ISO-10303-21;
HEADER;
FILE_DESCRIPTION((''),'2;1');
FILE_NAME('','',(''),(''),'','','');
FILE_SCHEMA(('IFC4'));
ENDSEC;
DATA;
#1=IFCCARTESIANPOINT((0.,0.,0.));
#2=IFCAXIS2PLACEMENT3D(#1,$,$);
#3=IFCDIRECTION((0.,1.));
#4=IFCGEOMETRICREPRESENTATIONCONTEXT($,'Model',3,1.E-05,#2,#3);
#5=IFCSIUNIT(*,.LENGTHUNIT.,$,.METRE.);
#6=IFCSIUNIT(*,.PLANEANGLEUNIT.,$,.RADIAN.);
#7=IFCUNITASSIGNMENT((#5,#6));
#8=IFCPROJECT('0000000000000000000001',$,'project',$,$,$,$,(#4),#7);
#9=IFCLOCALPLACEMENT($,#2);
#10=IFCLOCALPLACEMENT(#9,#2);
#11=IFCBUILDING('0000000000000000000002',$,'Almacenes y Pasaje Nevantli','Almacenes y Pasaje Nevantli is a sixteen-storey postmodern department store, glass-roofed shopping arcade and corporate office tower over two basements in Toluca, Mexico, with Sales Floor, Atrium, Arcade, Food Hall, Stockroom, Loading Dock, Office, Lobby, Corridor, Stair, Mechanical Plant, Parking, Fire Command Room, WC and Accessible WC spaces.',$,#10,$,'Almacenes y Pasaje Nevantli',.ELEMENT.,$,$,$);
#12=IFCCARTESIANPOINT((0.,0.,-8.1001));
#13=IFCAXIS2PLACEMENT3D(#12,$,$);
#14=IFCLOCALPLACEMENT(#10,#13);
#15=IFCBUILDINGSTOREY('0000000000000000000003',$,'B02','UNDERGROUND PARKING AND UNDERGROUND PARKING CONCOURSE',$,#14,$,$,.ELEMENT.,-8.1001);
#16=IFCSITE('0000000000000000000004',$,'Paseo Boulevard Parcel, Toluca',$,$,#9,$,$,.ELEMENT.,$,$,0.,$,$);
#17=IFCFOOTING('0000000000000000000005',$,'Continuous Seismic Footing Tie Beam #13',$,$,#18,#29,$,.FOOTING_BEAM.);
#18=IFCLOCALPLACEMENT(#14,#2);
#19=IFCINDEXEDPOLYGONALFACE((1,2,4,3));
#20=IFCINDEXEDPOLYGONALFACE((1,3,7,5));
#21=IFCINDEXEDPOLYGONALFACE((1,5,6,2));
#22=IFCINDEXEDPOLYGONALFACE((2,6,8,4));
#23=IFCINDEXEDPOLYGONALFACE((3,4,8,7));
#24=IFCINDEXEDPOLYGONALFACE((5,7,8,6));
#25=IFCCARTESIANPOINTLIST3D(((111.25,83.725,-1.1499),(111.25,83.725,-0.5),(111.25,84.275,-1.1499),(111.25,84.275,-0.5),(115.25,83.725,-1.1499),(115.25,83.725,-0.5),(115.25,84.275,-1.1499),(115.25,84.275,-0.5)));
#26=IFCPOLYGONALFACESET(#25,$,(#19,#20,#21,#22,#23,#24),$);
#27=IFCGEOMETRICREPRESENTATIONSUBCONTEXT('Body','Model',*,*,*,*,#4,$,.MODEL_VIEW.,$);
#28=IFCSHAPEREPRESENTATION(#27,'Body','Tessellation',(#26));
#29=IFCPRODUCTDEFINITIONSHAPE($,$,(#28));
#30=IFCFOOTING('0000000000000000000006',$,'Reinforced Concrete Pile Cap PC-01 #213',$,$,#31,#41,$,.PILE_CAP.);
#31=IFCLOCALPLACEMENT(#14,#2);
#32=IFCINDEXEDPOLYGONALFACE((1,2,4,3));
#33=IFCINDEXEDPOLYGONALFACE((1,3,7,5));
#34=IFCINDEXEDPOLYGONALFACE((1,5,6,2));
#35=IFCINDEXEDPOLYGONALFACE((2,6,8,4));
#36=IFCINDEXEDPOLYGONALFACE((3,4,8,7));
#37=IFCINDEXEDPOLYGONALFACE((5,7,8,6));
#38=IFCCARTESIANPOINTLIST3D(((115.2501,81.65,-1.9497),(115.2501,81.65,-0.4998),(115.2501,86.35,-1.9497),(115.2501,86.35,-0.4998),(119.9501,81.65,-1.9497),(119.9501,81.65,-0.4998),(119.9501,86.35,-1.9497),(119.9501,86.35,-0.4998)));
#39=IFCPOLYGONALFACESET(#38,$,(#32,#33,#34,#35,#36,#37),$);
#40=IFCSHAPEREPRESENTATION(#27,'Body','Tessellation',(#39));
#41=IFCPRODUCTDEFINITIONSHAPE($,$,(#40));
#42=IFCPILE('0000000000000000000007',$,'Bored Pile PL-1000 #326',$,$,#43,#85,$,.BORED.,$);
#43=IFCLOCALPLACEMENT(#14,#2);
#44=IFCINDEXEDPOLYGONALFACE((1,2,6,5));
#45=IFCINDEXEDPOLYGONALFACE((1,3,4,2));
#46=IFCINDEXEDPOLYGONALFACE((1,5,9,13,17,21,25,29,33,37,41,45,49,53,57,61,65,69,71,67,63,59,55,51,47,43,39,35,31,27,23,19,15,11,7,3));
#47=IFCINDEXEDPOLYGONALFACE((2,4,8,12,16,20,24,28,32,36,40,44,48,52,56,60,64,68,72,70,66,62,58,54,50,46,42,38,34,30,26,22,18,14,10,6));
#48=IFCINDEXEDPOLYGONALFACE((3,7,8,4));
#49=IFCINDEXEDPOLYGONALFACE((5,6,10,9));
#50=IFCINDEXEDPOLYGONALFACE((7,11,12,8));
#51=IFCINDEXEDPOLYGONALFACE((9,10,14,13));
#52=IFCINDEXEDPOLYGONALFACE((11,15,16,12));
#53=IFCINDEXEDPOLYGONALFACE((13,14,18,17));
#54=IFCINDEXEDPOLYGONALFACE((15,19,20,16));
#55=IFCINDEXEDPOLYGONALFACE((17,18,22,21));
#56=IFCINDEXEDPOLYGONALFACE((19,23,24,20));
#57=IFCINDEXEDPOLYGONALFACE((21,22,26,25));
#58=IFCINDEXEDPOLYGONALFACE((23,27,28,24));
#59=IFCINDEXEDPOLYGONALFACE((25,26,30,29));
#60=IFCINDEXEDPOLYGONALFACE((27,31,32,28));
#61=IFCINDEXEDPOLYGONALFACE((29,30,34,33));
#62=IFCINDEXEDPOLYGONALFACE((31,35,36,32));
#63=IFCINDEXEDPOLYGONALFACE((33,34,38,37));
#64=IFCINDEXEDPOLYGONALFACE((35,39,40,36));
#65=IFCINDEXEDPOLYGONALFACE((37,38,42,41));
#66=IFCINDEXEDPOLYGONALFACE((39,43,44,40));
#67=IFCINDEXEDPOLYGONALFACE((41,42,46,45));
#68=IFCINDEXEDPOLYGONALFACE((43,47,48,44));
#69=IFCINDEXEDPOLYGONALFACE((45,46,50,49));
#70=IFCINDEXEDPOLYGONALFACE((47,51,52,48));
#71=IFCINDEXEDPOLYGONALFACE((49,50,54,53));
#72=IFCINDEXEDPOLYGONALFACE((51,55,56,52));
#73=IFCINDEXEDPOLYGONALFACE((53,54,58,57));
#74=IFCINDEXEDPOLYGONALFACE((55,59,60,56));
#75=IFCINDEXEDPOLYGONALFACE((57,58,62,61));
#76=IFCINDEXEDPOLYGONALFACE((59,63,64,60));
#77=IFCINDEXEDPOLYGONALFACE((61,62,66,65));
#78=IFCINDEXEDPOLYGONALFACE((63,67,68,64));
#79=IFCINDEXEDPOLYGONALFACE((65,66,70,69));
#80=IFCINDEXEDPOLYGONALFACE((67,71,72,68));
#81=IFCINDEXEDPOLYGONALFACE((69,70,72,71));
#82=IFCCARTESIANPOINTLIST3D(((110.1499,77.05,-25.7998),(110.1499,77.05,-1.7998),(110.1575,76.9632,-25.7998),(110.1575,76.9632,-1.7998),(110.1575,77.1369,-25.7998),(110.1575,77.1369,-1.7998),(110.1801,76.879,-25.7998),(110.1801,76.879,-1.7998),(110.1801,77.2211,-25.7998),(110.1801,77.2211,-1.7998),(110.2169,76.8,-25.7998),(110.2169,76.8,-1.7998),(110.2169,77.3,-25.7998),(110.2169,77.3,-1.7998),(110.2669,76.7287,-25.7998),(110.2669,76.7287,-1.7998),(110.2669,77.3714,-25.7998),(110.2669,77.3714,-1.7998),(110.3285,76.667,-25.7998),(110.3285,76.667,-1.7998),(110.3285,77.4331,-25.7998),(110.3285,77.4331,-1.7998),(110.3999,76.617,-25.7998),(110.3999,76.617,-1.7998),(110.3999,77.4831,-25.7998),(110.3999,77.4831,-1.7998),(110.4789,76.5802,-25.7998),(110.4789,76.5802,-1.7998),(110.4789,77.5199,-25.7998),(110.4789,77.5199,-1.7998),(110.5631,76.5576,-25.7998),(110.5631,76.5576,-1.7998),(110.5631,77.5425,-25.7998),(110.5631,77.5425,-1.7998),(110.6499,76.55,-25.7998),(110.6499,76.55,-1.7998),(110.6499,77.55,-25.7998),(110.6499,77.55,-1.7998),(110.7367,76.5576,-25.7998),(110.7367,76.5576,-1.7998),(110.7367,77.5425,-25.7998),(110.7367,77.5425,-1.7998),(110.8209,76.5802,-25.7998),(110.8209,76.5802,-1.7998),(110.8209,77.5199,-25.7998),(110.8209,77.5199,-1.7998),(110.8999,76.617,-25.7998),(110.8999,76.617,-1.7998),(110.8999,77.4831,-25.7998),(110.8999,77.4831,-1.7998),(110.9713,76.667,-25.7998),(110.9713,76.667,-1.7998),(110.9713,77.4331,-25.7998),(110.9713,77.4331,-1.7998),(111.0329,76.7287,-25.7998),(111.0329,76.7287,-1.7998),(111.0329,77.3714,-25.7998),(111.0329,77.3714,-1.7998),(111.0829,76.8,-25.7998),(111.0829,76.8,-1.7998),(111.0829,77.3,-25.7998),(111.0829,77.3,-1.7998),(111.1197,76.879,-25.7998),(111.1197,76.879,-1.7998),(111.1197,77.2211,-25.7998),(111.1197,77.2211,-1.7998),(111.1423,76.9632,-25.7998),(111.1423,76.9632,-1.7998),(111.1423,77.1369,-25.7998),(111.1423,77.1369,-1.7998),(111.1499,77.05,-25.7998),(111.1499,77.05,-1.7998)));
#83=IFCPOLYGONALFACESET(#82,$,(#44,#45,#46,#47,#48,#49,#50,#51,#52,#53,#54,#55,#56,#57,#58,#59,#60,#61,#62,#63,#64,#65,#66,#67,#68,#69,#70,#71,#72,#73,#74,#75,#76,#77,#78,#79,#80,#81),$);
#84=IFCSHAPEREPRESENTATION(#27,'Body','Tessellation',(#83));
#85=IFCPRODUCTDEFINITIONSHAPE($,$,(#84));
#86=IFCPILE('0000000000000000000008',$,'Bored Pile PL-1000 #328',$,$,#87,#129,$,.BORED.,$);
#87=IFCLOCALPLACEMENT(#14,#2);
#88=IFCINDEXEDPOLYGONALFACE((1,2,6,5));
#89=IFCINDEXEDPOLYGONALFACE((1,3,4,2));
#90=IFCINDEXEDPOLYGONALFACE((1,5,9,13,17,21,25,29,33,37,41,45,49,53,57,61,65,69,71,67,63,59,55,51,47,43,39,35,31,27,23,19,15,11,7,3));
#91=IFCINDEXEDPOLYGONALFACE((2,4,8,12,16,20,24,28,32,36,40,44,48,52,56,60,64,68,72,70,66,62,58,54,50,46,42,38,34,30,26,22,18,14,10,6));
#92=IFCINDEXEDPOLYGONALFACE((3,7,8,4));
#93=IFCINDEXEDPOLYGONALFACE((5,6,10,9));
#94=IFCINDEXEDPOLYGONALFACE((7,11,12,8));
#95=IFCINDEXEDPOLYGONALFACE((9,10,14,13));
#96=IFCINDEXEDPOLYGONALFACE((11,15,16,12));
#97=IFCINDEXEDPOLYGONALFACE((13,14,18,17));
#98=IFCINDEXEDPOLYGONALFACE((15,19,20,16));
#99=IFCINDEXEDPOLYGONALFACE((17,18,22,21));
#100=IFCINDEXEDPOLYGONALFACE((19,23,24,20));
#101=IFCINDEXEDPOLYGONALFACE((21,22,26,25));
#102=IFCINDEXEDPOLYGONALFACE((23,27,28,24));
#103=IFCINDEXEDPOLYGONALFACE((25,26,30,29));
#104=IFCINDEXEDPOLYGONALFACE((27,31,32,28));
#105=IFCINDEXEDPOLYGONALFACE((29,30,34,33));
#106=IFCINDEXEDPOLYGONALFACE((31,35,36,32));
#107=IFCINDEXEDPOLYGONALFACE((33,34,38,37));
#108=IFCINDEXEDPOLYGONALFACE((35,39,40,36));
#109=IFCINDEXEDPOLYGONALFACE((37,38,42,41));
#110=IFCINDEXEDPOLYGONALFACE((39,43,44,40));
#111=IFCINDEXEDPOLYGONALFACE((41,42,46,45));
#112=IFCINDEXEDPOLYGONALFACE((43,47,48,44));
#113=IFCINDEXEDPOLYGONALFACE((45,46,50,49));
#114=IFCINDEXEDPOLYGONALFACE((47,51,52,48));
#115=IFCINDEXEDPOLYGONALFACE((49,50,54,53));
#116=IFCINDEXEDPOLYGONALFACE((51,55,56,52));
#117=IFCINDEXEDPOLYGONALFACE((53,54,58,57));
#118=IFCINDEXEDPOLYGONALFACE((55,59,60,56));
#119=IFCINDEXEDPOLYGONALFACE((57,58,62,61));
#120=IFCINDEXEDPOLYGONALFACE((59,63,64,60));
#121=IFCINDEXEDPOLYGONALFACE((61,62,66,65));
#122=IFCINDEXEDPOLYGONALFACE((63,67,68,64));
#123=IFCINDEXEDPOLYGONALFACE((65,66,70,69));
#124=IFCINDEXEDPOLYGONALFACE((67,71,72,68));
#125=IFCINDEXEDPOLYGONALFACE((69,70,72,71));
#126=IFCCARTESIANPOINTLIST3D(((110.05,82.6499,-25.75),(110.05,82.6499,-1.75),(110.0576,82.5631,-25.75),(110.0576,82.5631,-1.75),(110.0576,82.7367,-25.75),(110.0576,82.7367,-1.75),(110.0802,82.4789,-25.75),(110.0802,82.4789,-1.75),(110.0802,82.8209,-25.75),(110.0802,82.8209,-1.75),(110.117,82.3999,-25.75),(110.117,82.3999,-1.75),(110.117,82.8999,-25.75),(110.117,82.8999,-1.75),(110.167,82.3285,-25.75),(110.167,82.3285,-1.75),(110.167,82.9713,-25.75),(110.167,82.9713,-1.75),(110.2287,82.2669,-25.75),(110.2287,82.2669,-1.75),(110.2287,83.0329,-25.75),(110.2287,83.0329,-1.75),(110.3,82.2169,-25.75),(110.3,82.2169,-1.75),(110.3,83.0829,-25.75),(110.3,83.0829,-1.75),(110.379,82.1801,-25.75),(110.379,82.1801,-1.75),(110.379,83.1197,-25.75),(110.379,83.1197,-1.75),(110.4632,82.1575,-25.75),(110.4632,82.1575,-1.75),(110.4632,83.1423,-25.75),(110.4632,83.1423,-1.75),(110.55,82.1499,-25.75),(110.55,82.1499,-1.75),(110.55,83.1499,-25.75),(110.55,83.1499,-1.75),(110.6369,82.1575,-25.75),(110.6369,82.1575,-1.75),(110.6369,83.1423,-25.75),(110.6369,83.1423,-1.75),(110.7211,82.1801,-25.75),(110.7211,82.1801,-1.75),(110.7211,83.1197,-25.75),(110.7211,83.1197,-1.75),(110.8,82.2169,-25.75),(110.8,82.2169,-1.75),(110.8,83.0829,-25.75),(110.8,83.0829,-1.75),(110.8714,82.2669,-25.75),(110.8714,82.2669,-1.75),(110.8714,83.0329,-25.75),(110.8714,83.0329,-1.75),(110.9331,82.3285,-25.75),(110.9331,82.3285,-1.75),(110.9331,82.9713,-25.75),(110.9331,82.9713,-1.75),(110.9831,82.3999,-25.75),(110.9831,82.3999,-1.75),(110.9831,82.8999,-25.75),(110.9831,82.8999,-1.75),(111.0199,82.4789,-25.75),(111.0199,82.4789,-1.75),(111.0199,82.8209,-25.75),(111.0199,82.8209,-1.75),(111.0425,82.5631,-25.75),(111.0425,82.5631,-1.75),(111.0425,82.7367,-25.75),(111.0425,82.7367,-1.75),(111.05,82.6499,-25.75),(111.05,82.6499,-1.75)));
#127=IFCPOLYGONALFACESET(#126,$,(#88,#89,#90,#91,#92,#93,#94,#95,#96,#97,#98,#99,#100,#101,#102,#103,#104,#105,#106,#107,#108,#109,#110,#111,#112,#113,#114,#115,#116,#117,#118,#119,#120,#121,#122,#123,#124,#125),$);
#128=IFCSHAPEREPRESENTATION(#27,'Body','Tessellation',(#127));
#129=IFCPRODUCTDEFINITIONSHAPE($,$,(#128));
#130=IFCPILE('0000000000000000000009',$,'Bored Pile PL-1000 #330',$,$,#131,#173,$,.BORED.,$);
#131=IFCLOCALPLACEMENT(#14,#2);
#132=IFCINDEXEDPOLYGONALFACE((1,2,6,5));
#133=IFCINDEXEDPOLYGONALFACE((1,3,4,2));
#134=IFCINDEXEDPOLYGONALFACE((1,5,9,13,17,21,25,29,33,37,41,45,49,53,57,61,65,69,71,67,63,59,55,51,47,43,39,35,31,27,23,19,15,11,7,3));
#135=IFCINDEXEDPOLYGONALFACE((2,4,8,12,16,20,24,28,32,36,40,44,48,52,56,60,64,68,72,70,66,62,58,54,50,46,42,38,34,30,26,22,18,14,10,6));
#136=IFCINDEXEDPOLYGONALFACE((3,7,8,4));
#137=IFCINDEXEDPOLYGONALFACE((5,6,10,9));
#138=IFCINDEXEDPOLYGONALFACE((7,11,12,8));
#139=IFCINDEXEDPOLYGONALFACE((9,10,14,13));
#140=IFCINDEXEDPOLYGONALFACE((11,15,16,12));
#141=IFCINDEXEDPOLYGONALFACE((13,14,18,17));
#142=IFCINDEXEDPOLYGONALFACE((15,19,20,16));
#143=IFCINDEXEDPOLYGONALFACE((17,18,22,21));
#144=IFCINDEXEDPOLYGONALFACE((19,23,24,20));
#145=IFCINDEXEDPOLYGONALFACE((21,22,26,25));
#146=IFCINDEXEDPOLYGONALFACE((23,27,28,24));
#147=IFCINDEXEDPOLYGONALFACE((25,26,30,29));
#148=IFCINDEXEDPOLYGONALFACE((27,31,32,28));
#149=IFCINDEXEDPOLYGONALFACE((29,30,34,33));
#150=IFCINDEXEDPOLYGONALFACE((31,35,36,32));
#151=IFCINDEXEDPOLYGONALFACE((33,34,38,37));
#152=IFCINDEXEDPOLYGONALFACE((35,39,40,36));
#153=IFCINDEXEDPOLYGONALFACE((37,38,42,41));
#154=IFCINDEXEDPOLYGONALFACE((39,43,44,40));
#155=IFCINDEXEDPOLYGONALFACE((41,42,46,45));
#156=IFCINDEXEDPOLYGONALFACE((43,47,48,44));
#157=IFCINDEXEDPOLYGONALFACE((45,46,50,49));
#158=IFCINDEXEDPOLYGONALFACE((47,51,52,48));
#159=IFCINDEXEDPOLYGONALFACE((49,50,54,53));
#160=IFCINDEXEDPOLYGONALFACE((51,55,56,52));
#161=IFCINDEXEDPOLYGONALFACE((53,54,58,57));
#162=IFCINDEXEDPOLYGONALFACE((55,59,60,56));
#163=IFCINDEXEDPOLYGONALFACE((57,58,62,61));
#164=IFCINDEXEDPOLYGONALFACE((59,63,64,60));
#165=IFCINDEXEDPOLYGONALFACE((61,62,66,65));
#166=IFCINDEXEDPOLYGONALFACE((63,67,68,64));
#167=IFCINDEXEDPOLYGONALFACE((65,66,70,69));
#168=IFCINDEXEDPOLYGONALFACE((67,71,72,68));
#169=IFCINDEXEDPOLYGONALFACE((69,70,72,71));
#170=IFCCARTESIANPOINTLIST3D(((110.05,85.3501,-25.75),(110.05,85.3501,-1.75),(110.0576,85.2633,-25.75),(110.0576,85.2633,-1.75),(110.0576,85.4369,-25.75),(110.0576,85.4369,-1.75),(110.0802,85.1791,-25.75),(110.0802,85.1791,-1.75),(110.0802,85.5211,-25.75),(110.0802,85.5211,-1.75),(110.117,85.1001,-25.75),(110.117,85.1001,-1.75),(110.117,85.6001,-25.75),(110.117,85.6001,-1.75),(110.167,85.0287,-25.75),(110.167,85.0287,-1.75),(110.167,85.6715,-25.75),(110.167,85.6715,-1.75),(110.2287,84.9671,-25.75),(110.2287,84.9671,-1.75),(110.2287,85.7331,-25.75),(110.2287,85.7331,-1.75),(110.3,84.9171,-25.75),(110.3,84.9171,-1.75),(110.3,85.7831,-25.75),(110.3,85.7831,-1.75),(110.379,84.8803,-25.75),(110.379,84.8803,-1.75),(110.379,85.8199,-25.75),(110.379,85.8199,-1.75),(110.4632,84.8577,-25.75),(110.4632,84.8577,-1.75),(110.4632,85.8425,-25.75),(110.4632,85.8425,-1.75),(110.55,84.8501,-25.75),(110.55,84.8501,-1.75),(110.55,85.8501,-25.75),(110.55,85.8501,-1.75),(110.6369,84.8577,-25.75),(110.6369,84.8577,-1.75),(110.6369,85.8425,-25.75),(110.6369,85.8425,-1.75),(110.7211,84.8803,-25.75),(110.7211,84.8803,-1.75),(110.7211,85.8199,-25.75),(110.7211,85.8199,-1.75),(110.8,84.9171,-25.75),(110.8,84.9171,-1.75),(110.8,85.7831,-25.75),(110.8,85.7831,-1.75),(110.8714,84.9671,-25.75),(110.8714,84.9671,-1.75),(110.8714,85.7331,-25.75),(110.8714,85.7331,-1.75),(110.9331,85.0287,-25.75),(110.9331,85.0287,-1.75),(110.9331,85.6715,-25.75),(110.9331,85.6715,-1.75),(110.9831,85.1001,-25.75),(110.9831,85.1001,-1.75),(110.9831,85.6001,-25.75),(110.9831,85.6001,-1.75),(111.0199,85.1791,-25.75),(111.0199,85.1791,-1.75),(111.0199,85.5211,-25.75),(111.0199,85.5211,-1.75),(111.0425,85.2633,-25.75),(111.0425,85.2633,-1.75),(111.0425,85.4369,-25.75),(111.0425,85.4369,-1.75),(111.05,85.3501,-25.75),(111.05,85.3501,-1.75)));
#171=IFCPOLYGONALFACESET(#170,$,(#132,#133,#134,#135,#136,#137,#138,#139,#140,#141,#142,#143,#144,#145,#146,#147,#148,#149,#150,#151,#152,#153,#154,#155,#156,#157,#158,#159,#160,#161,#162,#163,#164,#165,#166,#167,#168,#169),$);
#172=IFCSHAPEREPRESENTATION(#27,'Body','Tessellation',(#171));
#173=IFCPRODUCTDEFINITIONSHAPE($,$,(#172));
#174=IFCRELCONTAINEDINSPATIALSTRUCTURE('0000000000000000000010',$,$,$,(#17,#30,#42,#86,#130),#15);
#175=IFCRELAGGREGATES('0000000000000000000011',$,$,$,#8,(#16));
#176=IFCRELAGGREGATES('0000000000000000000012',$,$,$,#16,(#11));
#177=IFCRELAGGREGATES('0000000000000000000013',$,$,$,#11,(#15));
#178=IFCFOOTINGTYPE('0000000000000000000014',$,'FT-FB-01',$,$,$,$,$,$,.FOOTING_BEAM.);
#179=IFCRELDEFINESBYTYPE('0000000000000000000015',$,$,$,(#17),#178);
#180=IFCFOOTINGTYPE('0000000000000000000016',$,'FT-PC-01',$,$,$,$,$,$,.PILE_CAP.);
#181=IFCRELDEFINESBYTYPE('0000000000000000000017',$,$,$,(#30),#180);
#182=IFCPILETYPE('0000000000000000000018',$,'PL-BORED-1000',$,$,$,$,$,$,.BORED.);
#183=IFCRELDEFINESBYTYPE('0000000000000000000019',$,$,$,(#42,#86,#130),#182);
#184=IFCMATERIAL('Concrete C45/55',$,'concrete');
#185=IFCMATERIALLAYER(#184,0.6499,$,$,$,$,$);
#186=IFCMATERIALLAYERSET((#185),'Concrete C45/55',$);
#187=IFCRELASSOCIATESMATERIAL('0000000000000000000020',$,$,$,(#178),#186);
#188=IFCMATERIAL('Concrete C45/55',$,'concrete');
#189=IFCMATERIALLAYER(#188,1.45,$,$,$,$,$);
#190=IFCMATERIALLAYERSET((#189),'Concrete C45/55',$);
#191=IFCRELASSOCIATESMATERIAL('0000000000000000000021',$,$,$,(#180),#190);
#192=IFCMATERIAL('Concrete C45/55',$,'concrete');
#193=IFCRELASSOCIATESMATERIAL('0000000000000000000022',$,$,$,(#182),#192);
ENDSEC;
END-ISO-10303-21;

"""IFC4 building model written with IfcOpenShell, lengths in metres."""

from ifc_helpers import new_model, si_unit, direction, frame, origin, origin_2d, place, context, subcontext, project, spatial, rectangle, circle, extrude, material, layer, layer_set, material_profile, profile_set, type_object, element, save


model = new_model("IFC4")

# Units and contexts
model_context = context("Model", 3, precision=1e-05, world=origin(), true_north=direction((0.0, 1.0)))
body_context = subcontext(model_context, "Body", "Model", "MODEL_VIEW")
ifc_project = project(units=[si_unit("LENGTHUNIT", "METRE"), si_unit("PLANEANGLEUNIT", "RADIAN")], contexts=[model_context])

# Site, building, storey
site_placement = place(None, origin())
site = spatial("IfcSite", under=ifc_project, at=site_placement, Name="Paseo Boulevard Parcel, Toluca", CompositionType="ELEMENT", RefElevation=0.0)
building_placement = place(site_placement, origin())
building = spatial("IfcBuilding", under=site, at=building_placement, Name="Almacenes y Pasaje Nevantli", Description="Almacenes y Pasaje Nevantli is a sixteen-storey postmodern department store, glass-roofed shopping arcade and corporate office tower over two basements in Toluca, Mexico, with Sales Floor, Atrium, Arcade, Food Hall, Stockroom, Loading Dock, Office, Lobby, Corridor, Stair, Mechanical Plant, Parking, Fire Command Room, WC and Accessible WC spaces.", LongName="Almacenes y Pasaje Nevantli", CompositionType="ELEMENT")
storey_placement = place(building_placement, frame((0.0, 0.0, -8.1001)))
storey = spatial("IfcBuildingStorey", under=building, at=storey_placement, Name="B02", Description="UNDERGROUND PARKING AND UNDERGROUND PARKING CONCOURSE", CompositionType="ELEMENT", Elevation=-8.1001)

# Footings
ifc_material_1 = material(Name="Concrete C45/55", Category="concrete")
ifc_layer_1 = layer(ifc_material_1, 0.6499)
ifc_layer_set_1 = layer_set([ifc_layer_1], Name="Concrete C45/55")
footing_type_1 = type_object("IfcFootingType", Name="FT-FB-01", PredefinedType="FOOTING_BEAM", material=ifc_layer_set_1)
footing_1_placement = place(storey_placement, frame((113.25, 84.0, -1.1499), z_axis=(0.0, 0.0, 1.0), x_axis=(1.0, 0.0, 0.0)))
element("IfcFooting", 1, at=footing_1_placement, inside=storey, type_object=footing_type_1, Name="Continuous Seismic Footing Tie Beam #13", PredefinedType="FOOTING_BEAM", context=body_context, shape_type="SweptSolid", body=[
    extrude(rectangle(XDim=4.0, YDim=0.55, at=origin_2d()), origin(), (0.0, 0.0, 1.0), 0.6499),
])
ifc_material_2 = material(Name="Concrete C45/55", Category="concrete")
ifc_layer_2 = layer(ifc_material_2, 1.45)
ifc_layer_set_2 = layer_set([ifc_layer_2], Name="Concrete C45/55")
footing_type_2 = type_object("IfcFootingType", Name="FT-PC-01", PredefinedType="PILE_CAP", material=ifc_layer_set_2)
footing_2_placement = place(storey_placement, frame((117.6001, 84.0, -1.9497), z_axis=(0.0, 0.0, 1.0), x_axis=(1.0, 0.0, 0.0)))
element("IfcFooting", 2, at=footing_2_placement, inside=storey, type_object=footing_type_2, Name="Reinforced Concrete Pile Cap PC-01 #213", PredefinedType="PILE_CAP", context=body_context, shape_type="SweptSolid", body=[
    extrude(rectangle(XDim=4.7, YDim=4.7, at=origin_2d()), origin(), (0.0, 0.0, 1.0), 1.45),
])

# Piles
ifc_material_3 = material(Name="Concrete C45/55", Category="concrete")
ifc_material_profile_1 = material_profile(ifc_material_3, circle(Radius=0.5, at=origin_2d()), Name="RC-PILE-D1000")
ifc_profile_set_1 = profile_set([ifc_material_profile_1], Name="Concrete C45/55")
pile_type = type_object("IfcPileType", Name="PL-BORED-1000", PredefinedType="BORED", material=ifc_profile_set_1)
for number, where, z_axis, x_axis, name in (
    (3, (110.6499, 77.05, -1.7998), (0.0, 0.0, -1.0), (1.0, 0.0, 0.0), "Bored Pile PL-1000 #326"),
    (4, (110.55, 82.6499, -1.75), (0.0, 0.0, -1.0), (1.0, 0.0, 0.0), "Bored Pile PL-1000 #328"),
    (5, (110.55, 85.3501, -1.75), (0.0, 0.0, -1.0), (1.0, 0.0, 0.0), "Bored Pile PL-1000 #330"),
):
    element("IfcPile", number, at=place(storey_placement, frame(where, z_axis=z_axis, x_axis=x_axis)), inside=storey, type_object=pile_type, Name=name, PredefinedType="BORED", context=body_context, shape_type="SweptSolid", body=[
        extrude(circle(Radius=0.5, at=origin_2d()), origin(), (0.0, 0.0, 1.0), 24.0),
    ])

save(model, "model.ifc")
